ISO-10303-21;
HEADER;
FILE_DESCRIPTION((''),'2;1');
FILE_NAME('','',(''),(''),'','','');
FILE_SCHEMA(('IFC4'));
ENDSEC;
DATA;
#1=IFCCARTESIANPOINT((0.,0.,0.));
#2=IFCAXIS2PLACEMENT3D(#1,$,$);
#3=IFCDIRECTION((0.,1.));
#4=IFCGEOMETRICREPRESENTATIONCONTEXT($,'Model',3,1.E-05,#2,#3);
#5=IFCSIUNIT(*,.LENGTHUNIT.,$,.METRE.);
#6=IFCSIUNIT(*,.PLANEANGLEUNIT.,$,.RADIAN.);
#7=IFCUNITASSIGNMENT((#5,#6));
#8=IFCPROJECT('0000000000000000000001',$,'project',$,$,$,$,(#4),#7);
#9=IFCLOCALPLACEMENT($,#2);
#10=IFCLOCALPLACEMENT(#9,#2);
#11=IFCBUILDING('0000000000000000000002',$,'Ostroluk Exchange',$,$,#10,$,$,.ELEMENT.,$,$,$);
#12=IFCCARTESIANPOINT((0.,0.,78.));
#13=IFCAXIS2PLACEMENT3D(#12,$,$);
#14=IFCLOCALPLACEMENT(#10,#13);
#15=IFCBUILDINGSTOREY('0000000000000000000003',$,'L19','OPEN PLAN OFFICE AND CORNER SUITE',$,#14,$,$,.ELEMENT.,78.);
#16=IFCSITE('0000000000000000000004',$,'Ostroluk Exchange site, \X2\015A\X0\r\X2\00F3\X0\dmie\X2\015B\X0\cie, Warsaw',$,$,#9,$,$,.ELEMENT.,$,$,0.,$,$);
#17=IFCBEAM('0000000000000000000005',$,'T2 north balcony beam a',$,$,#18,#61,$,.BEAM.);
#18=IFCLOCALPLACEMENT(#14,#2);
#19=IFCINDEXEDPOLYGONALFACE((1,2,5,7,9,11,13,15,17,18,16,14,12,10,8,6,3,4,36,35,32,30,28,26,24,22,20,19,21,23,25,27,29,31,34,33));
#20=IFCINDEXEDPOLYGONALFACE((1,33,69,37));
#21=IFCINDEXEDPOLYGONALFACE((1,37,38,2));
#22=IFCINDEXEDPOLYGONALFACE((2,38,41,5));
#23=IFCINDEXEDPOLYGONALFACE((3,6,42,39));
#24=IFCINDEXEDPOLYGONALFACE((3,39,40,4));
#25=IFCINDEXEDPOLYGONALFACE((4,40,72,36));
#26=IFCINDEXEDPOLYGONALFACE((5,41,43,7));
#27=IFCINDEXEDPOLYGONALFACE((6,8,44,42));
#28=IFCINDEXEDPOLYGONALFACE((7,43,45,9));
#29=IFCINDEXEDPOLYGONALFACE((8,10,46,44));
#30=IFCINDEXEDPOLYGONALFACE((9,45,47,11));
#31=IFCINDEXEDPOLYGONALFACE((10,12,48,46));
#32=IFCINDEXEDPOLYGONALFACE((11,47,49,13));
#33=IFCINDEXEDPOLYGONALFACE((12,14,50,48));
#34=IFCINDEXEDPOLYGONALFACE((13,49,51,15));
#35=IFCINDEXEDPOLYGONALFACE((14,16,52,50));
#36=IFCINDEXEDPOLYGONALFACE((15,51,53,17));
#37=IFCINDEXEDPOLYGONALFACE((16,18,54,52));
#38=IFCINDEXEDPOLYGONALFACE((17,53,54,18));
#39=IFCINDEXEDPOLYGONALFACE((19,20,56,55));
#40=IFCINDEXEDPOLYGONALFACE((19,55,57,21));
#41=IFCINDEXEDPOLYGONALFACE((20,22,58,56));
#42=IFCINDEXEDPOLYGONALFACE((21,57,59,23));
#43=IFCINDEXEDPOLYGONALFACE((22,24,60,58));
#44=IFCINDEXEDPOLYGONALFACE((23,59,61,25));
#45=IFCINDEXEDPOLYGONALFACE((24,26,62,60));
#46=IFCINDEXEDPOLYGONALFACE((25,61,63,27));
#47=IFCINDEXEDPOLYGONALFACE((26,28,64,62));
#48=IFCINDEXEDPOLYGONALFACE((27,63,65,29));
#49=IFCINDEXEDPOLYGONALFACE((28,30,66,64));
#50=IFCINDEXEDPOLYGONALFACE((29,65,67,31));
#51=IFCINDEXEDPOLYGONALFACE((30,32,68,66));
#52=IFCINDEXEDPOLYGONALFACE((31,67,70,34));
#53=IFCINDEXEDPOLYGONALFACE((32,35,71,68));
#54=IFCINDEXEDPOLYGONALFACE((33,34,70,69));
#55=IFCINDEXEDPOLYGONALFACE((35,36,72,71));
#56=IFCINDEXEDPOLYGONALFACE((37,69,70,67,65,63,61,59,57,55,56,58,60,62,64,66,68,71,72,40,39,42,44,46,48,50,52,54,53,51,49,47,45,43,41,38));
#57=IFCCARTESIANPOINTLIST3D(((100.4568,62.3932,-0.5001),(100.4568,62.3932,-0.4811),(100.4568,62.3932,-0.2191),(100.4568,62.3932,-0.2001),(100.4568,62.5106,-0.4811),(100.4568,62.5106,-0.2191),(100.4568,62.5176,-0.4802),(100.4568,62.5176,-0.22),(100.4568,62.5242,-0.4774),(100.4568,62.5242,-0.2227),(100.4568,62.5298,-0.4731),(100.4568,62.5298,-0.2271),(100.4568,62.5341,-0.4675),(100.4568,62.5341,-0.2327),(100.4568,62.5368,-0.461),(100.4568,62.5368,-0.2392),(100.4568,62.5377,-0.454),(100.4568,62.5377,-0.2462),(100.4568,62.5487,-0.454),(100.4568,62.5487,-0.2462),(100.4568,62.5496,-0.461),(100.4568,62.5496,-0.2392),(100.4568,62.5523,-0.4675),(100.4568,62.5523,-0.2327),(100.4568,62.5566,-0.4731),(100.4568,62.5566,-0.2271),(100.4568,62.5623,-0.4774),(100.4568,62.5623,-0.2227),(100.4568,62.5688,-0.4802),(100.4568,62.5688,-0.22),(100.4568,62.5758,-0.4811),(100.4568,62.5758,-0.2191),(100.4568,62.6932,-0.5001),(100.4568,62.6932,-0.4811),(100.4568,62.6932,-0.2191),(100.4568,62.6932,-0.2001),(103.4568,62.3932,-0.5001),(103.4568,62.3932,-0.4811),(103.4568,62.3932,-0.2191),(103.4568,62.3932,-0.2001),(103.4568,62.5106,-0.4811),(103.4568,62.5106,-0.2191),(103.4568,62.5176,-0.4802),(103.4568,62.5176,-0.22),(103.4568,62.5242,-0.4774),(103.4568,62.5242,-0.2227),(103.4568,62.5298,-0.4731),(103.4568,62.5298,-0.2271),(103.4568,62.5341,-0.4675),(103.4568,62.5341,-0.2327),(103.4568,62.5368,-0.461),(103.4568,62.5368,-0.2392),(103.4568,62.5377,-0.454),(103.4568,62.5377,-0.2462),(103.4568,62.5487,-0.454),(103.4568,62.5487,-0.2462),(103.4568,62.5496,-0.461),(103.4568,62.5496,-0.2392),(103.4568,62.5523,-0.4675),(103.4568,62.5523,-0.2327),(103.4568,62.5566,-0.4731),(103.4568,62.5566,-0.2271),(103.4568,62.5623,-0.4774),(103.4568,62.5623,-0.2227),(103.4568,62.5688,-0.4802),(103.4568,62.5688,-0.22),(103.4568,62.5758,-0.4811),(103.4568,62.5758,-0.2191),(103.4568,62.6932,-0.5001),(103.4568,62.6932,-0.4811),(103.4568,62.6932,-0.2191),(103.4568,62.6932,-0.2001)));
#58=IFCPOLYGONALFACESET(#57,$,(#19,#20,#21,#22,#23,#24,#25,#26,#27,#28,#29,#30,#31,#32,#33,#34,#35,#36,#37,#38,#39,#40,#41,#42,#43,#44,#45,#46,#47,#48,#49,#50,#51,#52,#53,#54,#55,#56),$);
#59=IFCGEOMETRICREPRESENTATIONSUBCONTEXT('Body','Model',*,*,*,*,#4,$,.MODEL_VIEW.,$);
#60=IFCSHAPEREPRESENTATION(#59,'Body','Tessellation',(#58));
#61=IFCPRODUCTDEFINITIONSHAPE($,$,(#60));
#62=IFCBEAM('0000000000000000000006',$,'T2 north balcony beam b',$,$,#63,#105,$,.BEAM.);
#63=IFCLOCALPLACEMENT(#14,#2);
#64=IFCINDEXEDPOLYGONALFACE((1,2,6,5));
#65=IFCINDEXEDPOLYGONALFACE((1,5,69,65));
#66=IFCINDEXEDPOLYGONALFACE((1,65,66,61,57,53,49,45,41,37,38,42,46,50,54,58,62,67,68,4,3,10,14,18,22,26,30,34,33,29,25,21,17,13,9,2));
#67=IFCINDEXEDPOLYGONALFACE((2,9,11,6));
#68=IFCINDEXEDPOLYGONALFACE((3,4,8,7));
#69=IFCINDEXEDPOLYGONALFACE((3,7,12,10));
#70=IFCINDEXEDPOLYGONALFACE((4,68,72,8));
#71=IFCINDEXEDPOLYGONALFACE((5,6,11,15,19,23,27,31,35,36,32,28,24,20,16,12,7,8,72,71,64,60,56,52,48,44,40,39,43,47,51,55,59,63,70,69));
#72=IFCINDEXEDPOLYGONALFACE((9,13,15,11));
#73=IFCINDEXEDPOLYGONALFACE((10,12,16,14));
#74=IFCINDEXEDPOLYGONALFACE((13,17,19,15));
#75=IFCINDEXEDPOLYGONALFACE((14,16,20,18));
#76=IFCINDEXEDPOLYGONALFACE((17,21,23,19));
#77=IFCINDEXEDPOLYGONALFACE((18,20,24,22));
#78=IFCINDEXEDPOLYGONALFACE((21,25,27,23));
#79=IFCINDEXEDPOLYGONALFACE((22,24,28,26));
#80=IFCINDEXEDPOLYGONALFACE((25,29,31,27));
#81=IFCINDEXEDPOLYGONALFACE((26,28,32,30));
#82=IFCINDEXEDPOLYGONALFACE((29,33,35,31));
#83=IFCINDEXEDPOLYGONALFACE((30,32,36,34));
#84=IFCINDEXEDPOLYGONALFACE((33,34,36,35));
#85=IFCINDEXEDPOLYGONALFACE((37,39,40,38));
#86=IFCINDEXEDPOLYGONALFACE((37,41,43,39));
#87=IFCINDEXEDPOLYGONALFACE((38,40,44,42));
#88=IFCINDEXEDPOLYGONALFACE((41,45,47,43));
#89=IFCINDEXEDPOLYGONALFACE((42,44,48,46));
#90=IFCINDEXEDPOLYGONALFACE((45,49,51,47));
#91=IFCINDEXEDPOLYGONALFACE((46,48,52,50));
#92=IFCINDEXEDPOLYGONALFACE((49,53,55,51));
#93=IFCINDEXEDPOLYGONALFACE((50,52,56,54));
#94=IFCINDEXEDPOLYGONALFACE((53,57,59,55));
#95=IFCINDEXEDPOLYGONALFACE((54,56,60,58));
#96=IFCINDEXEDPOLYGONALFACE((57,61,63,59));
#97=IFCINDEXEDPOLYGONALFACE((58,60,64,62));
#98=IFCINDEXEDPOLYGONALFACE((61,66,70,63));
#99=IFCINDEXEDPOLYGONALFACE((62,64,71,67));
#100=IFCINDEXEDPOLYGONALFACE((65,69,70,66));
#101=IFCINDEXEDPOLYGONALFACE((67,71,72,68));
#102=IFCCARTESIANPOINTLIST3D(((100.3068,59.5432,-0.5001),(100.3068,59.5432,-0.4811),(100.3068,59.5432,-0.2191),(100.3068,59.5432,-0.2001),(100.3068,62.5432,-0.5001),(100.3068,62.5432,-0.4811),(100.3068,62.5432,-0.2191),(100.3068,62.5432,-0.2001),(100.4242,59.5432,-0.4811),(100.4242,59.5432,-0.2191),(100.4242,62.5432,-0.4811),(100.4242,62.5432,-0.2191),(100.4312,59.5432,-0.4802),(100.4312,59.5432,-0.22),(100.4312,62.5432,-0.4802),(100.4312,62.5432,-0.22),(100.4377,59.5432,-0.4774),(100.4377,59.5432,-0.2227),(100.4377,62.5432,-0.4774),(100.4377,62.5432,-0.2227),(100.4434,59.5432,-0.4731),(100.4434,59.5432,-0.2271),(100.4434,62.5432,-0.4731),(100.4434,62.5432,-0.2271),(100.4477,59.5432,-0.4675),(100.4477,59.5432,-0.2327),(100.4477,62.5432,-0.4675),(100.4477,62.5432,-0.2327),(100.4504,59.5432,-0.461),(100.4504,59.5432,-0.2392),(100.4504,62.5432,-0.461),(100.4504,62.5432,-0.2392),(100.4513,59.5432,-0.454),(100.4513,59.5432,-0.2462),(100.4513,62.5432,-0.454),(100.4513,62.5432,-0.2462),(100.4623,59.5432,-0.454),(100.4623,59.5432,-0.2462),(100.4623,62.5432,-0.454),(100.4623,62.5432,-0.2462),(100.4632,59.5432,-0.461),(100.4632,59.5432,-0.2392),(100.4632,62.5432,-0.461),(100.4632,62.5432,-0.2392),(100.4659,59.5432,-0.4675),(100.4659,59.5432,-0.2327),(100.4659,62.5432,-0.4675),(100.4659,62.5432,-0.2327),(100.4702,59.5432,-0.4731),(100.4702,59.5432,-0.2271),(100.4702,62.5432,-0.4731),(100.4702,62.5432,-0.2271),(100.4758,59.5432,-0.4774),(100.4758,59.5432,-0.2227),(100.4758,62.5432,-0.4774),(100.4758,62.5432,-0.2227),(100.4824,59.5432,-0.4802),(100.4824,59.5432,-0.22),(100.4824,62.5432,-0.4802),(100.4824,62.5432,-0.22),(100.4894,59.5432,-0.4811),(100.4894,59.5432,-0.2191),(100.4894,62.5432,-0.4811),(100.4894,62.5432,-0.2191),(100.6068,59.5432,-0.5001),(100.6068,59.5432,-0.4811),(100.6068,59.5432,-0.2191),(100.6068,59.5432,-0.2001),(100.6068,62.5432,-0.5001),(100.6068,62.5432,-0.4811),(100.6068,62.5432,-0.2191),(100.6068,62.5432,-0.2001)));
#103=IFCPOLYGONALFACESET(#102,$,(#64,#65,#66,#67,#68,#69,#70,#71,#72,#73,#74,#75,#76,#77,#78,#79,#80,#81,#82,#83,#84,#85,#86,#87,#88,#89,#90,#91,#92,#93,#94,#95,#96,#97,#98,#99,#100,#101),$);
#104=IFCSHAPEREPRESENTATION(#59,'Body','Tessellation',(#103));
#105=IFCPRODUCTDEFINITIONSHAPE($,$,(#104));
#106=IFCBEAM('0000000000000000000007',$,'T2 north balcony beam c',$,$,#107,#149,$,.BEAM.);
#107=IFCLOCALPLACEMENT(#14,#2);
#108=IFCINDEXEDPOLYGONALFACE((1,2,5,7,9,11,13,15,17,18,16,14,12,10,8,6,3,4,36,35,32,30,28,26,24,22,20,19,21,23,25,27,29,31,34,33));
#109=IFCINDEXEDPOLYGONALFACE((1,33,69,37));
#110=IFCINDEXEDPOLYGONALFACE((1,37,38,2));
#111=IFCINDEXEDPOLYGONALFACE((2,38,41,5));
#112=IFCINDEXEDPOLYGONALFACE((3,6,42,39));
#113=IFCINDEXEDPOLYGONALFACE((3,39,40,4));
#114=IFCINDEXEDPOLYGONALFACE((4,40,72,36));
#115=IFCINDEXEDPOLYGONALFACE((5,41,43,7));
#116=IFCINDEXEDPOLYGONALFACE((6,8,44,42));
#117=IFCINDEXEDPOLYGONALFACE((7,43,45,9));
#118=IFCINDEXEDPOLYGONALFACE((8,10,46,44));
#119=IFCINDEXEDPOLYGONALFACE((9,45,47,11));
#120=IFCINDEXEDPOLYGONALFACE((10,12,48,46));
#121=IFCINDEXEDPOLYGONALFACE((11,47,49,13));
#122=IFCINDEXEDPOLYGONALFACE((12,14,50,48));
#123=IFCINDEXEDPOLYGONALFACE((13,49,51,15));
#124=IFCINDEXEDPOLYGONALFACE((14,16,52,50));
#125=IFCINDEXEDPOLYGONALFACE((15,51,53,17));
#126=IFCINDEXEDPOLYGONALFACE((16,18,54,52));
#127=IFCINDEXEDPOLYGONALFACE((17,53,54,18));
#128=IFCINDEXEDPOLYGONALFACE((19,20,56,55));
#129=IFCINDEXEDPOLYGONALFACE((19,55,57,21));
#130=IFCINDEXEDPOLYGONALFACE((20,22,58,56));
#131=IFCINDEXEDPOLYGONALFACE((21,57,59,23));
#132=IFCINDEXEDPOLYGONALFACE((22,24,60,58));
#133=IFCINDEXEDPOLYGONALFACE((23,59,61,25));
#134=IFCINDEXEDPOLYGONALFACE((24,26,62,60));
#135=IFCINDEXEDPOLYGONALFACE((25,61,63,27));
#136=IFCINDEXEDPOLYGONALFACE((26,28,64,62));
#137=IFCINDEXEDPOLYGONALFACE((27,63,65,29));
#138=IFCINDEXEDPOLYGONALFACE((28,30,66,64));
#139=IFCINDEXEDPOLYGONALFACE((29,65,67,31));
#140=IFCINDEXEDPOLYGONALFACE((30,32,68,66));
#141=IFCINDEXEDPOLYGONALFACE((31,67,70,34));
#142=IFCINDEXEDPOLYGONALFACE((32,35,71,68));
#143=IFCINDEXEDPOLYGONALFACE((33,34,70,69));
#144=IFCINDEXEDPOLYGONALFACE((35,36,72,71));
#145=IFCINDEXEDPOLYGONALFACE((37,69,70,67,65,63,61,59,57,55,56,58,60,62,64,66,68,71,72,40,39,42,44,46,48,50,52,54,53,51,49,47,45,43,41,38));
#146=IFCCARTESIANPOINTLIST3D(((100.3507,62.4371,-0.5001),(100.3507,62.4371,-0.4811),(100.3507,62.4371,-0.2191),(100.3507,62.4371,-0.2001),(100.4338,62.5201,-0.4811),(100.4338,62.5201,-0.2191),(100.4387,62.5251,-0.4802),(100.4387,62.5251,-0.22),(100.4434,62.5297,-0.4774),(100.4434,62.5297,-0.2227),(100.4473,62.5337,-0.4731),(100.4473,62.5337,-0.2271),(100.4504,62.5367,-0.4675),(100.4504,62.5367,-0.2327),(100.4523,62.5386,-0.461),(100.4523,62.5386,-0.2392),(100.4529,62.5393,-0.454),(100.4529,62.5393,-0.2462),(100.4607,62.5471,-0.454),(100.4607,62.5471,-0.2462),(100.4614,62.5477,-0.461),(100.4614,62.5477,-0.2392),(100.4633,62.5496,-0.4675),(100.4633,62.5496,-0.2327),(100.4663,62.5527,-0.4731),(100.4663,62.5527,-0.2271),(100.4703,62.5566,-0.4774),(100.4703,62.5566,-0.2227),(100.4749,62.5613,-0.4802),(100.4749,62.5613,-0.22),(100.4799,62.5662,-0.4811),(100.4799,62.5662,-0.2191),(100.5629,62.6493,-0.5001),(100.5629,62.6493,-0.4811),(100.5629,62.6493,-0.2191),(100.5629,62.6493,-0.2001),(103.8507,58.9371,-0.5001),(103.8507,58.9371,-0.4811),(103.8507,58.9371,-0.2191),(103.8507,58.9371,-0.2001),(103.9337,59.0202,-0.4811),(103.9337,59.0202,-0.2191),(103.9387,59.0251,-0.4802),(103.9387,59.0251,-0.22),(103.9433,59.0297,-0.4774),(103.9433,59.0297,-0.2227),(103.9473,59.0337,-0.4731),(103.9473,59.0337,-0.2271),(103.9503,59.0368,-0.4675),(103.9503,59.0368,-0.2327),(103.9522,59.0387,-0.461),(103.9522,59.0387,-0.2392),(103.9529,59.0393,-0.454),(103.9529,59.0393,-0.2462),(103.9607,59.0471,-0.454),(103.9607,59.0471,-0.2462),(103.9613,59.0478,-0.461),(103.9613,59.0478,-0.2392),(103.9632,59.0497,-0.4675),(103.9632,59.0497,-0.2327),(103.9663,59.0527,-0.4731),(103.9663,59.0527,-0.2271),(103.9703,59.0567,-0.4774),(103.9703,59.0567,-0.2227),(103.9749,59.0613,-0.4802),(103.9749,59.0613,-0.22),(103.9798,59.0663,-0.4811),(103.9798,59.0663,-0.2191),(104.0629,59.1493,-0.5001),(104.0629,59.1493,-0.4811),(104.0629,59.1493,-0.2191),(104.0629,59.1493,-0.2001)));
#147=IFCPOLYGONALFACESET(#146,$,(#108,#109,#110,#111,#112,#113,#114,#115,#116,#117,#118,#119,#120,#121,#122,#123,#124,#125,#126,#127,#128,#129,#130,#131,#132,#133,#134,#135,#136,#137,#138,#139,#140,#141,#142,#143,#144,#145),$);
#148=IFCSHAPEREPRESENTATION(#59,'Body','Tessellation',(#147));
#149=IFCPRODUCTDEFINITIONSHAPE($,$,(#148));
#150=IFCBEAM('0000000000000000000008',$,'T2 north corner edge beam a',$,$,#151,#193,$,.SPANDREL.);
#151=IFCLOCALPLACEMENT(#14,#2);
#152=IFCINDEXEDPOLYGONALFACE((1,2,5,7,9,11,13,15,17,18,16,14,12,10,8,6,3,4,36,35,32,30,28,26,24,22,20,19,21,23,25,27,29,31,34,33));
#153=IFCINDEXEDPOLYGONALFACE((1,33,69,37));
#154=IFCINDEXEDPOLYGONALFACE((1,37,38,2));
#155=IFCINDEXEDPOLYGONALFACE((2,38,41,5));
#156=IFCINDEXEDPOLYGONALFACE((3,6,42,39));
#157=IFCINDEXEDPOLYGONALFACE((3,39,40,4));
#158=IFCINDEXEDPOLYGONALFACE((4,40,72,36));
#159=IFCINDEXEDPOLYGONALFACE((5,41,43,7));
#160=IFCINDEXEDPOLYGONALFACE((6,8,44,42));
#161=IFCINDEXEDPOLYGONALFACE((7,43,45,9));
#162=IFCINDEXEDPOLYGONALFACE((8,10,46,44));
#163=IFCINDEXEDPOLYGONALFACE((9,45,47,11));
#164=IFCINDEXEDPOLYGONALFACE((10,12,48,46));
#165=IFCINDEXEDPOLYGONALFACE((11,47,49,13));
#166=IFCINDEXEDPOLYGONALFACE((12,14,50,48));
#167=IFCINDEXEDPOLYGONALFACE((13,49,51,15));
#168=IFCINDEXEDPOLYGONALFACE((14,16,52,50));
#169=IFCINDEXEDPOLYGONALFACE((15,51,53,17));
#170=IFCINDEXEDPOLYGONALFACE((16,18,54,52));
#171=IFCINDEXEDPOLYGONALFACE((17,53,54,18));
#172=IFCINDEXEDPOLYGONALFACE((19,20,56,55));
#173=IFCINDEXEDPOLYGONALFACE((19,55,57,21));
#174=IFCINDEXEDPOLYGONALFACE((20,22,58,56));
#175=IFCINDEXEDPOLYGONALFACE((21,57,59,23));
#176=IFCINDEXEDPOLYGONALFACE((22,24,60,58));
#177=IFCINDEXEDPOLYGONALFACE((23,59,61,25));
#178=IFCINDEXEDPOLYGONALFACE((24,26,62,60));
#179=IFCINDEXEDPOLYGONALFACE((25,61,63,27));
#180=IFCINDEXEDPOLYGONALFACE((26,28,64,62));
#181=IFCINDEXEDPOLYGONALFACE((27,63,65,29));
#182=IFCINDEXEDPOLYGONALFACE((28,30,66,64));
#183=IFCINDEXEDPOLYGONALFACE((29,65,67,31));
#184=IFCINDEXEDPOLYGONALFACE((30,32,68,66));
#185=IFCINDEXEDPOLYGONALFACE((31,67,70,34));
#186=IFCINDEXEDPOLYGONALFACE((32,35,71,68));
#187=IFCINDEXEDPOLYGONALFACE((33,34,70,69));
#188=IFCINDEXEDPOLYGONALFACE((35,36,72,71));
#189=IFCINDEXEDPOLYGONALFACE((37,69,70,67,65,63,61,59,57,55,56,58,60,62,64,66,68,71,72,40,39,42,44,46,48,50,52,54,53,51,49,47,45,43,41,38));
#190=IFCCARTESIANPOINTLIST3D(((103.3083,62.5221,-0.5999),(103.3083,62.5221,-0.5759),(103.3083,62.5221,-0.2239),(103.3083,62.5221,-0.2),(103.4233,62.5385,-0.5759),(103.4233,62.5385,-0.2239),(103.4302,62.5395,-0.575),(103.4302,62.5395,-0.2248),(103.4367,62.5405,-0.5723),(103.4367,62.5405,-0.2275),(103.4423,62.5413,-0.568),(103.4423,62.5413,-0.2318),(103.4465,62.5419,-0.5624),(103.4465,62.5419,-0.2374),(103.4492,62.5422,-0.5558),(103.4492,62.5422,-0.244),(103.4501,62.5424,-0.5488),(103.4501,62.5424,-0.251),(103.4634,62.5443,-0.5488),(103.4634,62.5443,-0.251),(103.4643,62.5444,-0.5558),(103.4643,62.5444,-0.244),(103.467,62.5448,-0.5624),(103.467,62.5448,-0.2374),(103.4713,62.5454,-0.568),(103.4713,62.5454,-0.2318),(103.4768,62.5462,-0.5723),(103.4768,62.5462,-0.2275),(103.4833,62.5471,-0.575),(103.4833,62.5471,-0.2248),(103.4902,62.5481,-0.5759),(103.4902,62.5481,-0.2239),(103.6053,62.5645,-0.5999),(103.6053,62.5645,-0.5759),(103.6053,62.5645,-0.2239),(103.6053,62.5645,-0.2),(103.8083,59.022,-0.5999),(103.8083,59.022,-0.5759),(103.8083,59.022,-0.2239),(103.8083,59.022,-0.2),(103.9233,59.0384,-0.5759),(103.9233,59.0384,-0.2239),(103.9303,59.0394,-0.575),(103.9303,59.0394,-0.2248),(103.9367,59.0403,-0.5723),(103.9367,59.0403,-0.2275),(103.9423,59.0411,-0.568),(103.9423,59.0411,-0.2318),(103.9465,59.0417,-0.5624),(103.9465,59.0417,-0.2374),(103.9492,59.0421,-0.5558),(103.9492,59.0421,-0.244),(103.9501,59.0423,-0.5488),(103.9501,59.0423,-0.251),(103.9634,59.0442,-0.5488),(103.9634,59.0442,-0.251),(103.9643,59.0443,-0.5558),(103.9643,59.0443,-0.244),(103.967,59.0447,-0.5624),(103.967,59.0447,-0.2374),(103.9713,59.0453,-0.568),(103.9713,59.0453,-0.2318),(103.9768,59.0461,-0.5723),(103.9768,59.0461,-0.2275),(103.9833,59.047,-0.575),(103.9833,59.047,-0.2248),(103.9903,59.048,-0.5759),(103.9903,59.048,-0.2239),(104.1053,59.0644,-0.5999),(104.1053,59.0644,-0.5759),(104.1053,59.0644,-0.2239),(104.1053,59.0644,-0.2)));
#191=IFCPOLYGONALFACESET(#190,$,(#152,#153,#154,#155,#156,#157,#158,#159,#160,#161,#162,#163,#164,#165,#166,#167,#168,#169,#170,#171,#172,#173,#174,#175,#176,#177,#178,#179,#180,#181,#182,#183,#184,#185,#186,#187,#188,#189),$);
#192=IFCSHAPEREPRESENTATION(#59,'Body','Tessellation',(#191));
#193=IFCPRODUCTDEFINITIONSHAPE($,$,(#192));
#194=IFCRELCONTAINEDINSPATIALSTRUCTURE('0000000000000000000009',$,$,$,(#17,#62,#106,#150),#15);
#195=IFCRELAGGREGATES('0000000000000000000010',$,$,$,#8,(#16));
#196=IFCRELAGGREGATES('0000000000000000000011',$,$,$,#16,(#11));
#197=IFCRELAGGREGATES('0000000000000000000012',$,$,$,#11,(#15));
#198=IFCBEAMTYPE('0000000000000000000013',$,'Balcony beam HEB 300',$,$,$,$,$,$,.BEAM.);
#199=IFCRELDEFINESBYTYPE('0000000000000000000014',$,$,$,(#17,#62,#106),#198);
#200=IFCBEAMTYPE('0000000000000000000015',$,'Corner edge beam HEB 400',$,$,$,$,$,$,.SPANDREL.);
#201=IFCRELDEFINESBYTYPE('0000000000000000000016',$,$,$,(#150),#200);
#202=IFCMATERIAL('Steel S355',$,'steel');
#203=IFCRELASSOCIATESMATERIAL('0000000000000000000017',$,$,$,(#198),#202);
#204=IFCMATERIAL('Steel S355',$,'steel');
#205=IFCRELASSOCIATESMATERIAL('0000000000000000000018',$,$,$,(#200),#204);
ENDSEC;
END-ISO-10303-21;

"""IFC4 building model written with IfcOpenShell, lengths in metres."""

from ifc_helpers import new_model, si_unit, direction, frame, origin, origin_2d, place, context, subcontext, project, spatial, i_section, extrude, material, material_profile, profile_set, type_object, element, save


model = new_model("IFC4")

# Units and contexts
model_context = context("Model", 3, precision=1e-05, world=origin(), true_north=direction((0.0, 1.0)))
body_context = subcontext(model_context, "Body", "Model", "MODEL_VIEW")
ifc_project = project(units=[si_unit("LENGTHUNIT", "METRE"), si_unit("PLANEANGLEUNIT", "RADIAN")], contexts=[model_context])

# Site, building, storey
site_placement = place(None, origin())
site = spatial("IfcSite", under=ifc_project, at=site_placement, Name="Ostroluk Exchange site, Śródmieście, Warsaw", CompositionType="ELEMENT", RefElevation=0.0)
building_placement = place(site_placement, origin())
building = spatial("IfcBuilding", under=site, at=building_placement, Name="Ostroluk Exchange", CompositionType="ELEMENT")
storey_placement = place(building_placement, frame((0.0, 0.0, 78.0)))
storey = spatial("IfcBuildingStorey", under=building, at=storey_placement, Name="L19", Description="OPEN PLAN OFFICE AND CORNER SUITE", CompositionType="ELEMENT", Elevation=78.0)

# Beams
ifc_material_1 = material(Name="Steel S355", Category="steel")
ifc_material_profile_1 = material_profile(ifc_material_1, i_section(OverallWidth=0.3, OverallDepth=0.3, WebThickness=0.011, FlangeThickness=0.019, FilletRadius=0.0271, at=origin_2d()), Name="HEB 300")
ifc_profile_set_1 = profile_set([ifc_material_profile_1], Name="Steel S355")
beam_type_1 = type_object("IfcBeamType", Name="Balcony beam HEB 300", PredefinedType="BEAM", material=ifc_profile_set_1)
for number, where, z_axis, x_axis, name in (
    (1, (103.4568, 62.5432, -0.3501), (-1.0, 0.0, 0.0), (0.0, -1.0, 0.0), "T2 north balcony beam a"),
    (2, (100.4568, 59.5432, -0.3501), (0.0, 1.0, 0.0), (-1.0, 0.0, 0.0), "T2 north balcony beam b"),
):
    element("IfcBeam", number, at=place(storey_placement, frame(where, z_axis=z_axis, x_axis=x_axis)), inside=storey, type_object=beam_type_1, Name=name, PredefinedType="BEAM", context=body_context, shape_type="SweptSolid", body=[
        extrude(i_section(OverallWidth=0.3, OverallDepth=0.3, WebThickness=0.011, FlangeThickness=0.019, FilletRadius=0.0271, at=origin_2d()), origin(), (0.0, 0.0, 1.0), 3.0),
    ])
beam_1_placement = place(storey_placement, frame((103.9568, 59.0432, -0.3501), z_axis=(-0.707107, 0.707107, 0.0), x_axis=(-0.707107, -0.707107, 0.0)))
element("IfcBeam", 3, at=beam_1_placement, inside=storey, type_object=beam_type_1, Name="T2 north balcony beam c", PredefinedType="BEAM", context=body_context, shape_type="SweptSolid", body=[
    extrude(i_section(OverallWidth=0.3, OverallDepth=0.3, WebThickness=0.011, FlangeThickness=0.019, FilletRadius=0.0271, at=origin_2d()), origin(), (0.0, 0.0, 1.0), 4.9497),
])
ifc_material_2 = material(Name="Steel S355", Category="steel")
ifc_material_profile_2 = material_profile(ifc_material_2, i_section(OverallWidth=0.3, OverallDepth=0.3999, WebThickness=0.0134, FlangeThickness=0.0239, FilletRadius=0.0271, at=origin_2d()), Name="HEB 400")
ifc_profile_set_2 = profile_set([ifc_material_profile_2], Name="Steel S355")
beam_type_2 = type_object("IfcBeamType", Name="Corner edge beam HEB 400", PredefinedType="SPANDREL", material=ifc_profile_set_2)
for number, where, z_axis, x_axis, name in (
    (4, (103.9568, 59.0432, -0.3999), (-0.141421, 0.989949, 0.0), (-0.989949, -0.141421, 0.0), "T2 north corner edge beam a"),
):
    element("IfcBeam", number, at=place(storey_placement, frame(where, z_axis=z_axis, x_axis=x_axis)), inside=storey, type_object=beam_type_2, Name=name, PredefinedType="SPANDREL", context=body_context, shape_type="SweptSolid", body=[
        extrude(i_section(OverallWidth=0.3, OverallDepth=0.3999, WebThickness=0.0134, FlangeThickness=0.0239, FilletRadius=0.0271, at=origin_2d()), origin(), (0.0, 0.0, 1.0), 3.5356),
    ])

save(model, "model.ifc")
